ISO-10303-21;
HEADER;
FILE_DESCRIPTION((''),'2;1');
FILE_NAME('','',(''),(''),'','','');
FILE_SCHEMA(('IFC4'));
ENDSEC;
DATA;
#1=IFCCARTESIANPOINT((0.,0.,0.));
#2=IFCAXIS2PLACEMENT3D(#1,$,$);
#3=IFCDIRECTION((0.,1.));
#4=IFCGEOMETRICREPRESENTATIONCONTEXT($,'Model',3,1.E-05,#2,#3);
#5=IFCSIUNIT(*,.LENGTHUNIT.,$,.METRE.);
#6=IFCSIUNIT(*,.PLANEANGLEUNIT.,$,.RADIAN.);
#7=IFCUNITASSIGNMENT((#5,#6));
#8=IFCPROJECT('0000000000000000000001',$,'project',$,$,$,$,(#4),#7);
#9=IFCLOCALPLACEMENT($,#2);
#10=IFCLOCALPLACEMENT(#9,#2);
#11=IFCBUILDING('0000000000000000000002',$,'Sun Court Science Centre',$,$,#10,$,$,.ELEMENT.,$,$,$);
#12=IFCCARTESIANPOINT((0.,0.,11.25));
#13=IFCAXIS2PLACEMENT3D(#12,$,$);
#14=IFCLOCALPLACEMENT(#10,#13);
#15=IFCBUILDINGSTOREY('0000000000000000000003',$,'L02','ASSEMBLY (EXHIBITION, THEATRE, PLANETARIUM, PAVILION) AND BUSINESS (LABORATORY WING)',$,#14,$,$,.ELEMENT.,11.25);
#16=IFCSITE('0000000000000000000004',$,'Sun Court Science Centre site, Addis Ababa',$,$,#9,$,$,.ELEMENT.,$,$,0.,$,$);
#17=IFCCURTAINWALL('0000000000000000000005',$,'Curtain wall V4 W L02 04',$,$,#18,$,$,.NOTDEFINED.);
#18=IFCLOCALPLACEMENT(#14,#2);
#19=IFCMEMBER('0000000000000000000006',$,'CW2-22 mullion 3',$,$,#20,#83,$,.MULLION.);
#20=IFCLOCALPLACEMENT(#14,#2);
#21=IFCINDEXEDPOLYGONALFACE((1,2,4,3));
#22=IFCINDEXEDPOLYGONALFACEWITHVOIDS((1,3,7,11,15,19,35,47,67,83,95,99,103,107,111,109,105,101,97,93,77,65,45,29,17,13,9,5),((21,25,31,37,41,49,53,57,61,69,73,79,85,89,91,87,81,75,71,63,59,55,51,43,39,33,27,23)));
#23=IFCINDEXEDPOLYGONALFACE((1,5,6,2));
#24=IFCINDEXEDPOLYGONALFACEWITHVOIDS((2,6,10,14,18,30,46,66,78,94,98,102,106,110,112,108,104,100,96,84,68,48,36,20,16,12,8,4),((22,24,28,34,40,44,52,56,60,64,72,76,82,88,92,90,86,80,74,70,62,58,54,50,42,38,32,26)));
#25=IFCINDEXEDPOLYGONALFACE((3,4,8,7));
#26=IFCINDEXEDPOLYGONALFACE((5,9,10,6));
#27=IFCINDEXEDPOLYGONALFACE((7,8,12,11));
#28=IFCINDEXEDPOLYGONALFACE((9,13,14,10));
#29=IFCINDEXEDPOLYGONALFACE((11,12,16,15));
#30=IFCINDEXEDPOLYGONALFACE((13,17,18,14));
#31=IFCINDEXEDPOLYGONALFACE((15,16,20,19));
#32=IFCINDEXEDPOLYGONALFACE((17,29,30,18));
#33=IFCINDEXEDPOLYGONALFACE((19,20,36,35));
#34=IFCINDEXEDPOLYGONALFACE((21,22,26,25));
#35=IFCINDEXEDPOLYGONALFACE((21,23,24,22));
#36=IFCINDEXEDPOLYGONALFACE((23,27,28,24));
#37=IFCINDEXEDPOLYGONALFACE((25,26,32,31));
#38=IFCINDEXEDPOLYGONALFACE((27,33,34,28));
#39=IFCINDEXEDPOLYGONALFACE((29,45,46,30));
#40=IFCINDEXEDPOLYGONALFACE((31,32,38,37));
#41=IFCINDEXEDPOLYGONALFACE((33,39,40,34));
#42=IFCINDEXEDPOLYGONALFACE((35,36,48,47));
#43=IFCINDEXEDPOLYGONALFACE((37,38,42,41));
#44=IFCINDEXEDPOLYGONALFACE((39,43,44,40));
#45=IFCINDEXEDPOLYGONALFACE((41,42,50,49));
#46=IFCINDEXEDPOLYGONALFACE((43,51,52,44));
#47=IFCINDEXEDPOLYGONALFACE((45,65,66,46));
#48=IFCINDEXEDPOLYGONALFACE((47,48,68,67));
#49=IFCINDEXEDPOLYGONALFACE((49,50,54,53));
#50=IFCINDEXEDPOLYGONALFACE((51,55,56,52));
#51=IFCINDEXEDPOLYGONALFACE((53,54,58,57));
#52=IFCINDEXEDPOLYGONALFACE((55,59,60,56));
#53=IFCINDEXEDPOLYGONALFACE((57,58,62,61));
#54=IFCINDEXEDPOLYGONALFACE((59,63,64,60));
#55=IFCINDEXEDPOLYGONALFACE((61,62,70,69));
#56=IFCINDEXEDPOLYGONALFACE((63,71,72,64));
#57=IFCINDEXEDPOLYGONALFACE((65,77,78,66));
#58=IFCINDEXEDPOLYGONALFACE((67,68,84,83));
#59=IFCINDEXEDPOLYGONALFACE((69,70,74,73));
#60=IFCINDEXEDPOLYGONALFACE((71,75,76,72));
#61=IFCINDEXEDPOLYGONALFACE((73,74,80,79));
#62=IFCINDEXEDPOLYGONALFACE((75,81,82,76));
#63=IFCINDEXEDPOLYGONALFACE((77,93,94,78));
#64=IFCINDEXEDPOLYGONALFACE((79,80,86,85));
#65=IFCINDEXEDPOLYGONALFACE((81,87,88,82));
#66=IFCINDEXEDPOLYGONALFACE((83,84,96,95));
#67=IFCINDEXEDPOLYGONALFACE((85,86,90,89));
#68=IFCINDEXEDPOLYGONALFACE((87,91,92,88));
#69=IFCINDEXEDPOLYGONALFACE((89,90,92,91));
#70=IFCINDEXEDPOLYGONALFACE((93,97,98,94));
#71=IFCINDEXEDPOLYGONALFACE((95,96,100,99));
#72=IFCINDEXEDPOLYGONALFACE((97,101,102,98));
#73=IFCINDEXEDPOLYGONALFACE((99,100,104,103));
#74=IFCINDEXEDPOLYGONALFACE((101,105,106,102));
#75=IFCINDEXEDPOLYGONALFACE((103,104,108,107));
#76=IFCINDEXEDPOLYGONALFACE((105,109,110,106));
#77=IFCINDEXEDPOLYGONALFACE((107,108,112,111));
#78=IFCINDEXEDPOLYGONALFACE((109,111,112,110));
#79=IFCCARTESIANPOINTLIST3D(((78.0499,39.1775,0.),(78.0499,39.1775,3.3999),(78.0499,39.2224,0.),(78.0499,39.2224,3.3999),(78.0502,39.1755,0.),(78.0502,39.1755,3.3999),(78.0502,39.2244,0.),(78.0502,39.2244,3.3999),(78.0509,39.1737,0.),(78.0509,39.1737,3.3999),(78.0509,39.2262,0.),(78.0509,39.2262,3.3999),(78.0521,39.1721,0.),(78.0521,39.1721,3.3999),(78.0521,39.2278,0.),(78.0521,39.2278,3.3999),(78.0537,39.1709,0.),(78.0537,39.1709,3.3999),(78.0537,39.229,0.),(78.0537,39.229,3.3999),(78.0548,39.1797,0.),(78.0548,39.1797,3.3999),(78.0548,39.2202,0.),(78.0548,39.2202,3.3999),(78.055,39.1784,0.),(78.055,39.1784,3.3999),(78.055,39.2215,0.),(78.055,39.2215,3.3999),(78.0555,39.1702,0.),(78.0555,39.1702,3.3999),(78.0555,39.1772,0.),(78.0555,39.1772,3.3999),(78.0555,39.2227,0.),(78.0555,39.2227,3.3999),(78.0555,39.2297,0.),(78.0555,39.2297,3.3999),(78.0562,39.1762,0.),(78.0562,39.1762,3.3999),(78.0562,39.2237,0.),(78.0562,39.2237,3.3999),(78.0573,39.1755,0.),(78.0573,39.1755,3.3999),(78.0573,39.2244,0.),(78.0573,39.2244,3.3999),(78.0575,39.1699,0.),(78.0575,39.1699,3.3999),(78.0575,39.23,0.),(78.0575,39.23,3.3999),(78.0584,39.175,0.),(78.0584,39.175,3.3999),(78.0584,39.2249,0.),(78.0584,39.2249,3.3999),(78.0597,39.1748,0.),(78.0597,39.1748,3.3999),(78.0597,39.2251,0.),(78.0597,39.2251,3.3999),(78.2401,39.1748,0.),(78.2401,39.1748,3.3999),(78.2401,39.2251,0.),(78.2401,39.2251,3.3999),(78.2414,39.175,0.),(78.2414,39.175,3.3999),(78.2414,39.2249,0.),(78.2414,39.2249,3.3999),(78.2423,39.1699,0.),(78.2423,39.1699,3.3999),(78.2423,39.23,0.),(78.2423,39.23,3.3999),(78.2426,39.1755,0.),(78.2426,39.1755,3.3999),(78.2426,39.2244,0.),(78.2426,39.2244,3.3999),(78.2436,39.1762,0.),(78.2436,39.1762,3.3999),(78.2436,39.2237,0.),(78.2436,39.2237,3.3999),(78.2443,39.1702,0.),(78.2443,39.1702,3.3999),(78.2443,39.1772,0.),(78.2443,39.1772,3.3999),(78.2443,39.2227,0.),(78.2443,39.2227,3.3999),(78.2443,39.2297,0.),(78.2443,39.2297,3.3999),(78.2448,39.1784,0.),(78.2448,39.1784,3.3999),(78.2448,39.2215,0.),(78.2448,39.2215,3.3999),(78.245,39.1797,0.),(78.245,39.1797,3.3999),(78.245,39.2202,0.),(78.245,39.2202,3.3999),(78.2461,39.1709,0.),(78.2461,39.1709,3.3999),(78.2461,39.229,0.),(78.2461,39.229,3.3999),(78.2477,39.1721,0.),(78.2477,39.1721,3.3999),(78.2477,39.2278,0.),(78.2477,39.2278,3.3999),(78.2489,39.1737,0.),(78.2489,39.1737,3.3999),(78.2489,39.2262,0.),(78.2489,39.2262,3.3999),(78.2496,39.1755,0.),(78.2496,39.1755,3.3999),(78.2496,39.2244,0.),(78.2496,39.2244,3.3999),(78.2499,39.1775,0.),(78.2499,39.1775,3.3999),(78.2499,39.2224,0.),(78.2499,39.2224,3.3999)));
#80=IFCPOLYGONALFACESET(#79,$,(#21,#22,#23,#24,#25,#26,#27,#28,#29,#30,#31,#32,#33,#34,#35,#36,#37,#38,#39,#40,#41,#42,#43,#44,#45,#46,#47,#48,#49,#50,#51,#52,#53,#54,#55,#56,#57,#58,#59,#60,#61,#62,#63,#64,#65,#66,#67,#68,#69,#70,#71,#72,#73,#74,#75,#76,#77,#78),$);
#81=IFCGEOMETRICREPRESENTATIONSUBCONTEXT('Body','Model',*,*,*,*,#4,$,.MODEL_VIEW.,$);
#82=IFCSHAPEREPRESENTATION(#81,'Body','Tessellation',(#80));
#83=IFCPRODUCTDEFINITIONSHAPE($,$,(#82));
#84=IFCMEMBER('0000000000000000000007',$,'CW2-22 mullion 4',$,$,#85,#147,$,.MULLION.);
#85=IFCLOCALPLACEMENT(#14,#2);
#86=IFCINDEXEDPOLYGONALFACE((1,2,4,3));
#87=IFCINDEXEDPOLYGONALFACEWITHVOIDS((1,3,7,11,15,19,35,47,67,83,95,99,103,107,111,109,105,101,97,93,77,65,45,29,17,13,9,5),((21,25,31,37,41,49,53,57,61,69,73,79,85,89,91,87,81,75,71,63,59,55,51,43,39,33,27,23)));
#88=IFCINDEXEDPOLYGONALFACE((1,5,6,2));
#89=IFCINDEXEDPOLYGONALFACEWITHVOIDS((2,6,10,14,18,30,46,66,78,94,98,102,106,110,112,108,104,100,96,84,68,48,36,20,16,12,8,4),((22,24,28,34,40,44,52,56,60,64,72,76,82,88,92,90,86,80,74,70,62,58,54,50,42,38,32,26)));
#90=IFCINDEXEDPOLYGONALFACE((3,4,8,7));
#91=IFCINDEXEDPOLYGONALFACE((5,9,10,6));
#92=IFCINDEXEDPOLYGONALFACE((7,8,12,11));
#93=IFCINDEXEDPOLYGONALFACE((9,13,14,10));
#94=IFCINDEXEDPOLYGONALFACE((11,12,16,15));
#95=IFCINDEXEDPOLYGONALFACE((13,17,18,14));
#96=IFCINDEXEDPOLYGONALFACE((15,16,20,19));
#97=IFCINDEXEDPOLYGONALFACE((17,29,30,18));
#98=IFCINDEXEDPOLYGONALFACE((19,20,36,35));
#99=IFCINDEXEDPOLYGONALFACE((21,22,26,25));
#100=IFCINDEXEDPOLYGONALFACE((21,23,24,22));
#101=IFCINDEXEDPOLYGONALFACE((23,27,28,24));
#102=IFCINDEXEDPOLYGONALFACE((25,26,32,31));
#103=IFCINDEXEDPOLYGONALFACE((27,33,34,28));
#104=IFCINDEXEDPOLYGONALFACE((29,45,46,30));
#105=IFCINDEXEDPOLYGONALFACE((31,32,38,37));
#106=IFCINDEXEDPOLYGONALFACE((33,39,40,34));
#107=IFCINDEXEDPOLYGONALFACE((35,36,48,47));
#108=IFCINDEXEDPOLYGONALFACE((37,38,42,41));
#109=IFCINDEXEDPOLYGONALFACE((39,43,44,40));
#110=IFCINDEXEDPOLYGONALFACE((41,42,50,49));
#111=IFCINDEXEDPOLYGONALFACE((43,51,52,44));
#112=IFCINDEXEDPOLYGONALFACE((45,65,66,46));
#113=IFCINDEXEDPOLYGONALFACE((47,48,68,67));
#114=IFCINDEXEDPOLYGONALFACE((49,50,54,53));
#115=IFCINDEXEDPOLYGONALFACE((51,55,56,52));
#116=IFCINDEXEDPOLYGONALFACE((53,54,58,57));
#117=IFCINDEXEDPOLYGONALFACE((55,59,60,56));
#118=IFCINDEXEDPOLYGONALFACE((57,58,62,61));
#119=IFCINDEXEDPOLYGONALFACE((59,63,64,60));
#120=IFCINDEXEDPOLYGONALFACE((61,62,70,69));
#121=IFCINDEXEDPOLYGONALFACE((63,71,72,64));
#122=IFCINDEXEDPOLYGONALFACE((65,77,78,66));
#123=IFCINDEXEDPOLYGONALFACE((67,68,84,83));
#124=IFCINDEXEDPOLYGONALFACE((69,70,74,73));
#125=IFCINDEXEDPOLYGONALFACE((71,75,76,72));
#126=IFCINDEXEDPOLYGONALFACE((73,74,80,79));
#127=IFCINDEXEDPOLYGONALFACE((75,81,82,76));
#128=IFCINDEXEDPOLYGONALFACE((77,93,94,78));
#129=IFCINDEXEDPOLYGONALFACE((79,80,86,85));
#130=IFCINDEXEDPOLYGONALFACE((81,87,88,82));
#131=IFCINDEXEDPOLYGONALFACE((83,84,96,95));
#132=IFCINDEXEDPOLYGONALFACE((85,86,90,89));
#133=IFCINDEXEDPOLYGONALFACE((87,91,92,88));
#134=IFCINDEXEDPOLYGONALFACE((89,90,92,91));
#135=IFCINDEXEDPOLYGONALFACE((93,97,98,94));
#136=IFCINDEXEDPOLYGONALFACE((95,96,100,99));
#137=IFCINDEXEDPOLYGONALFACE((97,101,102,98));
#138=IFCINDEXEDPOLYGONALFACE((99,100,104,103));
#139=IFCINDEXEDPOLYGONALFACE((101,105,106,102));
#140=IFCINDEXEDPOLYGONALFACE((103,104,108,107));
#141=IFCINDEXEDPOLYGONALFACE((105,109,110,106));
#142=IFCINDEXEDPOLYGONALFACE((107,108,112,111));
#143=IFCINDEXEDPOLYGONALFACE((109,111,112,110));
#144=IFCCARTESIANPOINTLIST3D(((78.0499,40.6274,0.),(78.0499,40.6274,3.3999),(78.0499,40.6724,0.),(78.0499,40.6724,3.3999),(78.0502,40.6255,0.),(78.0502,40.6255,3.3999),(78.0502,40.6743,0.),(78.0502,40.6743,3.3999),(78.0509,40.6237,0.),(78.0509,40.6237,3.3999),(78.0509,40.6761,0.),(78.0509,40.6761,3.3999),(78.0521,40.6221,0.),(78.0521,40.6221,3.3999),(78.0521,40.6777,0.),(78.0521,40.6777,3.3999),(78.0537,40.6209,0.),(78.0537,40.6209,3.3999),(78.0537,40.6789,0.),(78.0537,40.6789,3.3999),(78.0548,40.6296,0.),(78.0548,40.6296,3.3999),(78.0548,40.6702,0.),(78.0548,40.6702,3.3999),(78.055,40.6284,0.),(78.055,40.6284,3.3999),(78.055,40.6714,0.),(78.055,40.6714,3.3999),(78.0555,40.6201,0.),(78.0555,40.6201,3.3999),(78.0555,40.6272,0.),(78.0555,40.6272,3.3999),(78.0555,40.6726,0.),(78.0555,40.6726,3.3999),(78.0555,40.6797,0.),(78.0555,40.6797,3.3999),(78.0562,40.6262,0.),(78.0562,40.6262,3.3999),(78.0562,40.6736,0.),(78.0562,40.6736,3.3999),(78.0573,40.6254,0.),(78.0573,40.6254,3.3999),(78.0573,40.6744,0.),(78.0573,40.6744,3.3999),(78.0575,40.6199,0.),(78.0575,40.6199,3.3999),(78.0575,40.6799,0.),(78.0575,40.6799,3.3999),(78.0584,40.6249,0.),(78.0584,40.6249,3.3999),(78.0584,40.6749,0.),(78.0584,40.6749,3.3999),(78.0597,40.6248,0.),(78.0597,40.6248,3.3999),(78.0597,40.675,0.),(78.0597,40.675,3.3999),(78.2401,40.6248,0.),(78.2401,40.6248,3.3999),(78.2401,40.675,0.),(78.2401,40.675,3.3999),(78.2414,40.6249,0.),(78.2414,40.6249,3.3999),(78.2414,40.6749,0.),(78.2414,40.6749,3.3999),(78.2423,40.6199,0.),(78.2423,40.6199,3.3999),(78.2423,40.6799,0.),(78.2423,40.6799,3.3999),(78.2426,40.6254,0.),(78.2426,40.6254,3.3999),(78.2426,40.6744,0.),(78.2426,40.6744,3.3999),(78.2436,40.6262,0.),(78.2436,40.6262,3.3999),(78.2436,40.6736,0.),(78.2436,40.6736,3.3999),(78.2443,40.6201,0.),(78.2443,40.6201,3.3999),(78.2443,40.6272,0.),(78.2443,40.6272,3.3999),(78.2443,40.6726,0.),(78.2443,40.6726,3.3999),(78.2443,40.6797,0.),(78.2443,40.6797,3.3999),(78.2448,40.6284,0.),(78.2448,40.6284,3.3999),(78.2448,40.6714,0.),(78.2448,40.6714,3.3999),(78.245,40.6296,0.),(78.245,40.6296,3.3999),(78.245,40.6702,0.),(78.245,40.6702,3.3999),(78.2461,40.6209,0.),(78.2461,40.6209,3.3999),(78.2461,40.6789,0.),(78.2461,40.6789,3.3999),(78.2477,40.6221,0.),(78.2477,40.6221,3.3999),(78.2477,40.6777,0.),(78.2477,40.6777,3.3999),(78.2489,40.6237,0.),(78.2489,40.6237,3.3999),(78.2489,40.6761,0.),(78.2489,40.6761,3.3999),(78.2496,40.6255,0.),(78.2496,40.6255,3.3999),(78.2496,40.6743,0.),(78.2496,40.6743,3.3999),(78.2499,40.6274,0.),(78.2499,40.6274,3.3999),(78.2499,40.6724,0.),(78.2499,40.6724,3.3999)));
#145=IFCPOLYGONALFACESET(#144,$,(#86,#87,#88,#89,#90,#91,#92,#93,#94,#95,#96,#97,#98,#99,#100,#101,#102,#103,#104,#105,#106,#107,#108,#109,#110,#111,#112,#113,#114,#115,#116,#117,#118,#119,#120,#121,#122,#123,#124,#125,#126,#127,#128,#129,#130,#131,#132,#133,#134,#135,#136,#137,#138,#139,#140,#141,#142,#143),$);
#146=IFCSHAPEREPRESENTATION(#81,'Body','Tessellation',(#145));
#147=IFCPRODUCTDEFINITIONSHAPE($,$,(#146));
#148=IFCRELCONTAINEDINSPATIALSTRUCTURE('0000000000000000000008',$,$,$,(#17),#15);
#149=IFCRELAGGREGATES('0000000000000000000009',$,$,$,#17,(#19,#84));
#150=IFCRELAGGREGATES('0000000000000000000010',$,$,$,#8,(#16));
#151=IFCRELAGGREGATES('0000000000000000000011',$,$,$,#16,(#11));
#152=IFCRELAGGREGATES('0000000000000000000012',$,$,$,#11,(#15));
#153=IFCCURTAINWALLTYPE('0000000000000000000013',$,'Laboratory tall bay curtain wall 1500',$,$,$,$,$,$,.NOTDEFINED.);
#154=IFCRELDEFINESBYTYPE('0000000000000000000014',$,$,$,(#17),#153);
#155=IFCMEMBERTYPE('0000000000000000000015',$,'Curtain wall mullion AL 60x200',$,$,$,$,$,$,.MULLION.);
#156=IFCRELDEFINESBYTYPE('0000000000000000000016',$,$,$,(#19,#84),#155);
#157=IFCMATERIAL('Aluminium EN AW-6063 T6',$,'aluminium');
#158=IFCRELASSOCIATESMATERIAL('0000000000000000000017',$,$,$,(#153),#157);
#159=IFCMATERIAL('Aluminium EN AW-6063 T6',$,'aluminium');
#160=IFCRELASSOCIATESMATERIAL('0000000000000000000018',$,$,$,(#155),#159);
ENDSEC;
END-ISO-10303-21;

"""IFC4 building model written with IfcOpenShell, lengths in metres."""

from ifc_helpers import new_model, si_unit, direction, frame, origin, origin_2d, place, context, subcontext, project, spatial, hollow_rectangle, extrude, material, material_profile, profile_set, type_object, element, aggregate, save


model = new_model("IFC4")

# Units and contexts
model_context = context("Model", 3, precision=1e-05, world=origin(), true_north=direction((0.0, 1.0)))
body_context = subcontext(model_context, "Body", "Model", "MODEL_VIEW")
ifc_project = project(units=[si_unit("LENGTHUNIT", "METRE"), si_unit("PLANEANGLEUNIT", "RADIAN")], contexts=[model_context])

# Site, building, storey
site_placement = place(None, origin())
site = spatial("IfcSite", under=ifc_project, at=site_placement, Name="Sun Court Science Centre site, Addis Ababa", CompositionType="ELEMENT", RefElevation=0.0)
building_placement = place(site_placement, origin())
building = spatial("IfcBuilding", under=site, at=building_placement, Name="Sun Court Science Centre", CompositionType="ELEMENT")
storey_placement = place(building_placement, frame((0.0, 0.0, 11.25)))
storey = spatial("IfcBuildingStorey", under=building, at=storey_placement, Name="L02", Description="ASSEMBLY (EXHIBITION, THEATRE, PLANETARIUM, PAVILION) AND BUSINESS (LABORATORY WING)", CompositionType="ELEMENT", Elevation=11.25)

# Curtain wall, members
ifc_material_1 = material(Name="Aluminium EN AW-6063 T6", Category="aluminium")
curtain_wall_type = type_object("IfcCurtainWallType", Name="Laboratory tall bay curtain wall 1500", PredefinedType="NOTDEFINED", material=ifc_material_1)
curtain_wall_placement = place(storey_placement, origin())
curtain_wall = element("IfcCurtainWall", 1, at=curtain_wall_placement, inside=storey, type_object=curtain_wall_type, Name="Curtain wall V4 W L02 04", PredefinedType="NOTDEFINED")
ifc_material_2 = material(Name="Aluminium EN AW-6063 T6", Category="aluminium")
ifc_material_profile_1 = material_profile(ifc_material_2, hollow_rectangle(XDim=0.0601, YDim=0.2, WallThickness=0.0049, InnerFilletRadius=0.0049, OuterFilletRadius=0.0076, at=origin_2d()), Name="AL 60x200x5")
ifc_profile_set_1 = profile_set([ifc_material_profile_1], Name="Aluminium EN AW-6063 T6")
member_type_1 = type_object("IfcMemberType", Name="Curtain wall mullion AL 60x200", PredefinedType="MULLION", material=ifc_profile_set_1)
member_1_placement = place(storey_placement, frame((78.1499, 39.2, 0.0), z_axis=(0.0, 0.0, 1.0), x_axis=(0.0, 1.0, 0.0)))
member_1 = element("IfcMember", 2, at=member_1_placement, type_object=member_type_1, Name="CW2-22 mullion 3", PredefinedType="MULLION", context=body_context, shape_type="SweptSolid", body=[
    extrude(hollow_rectangle(XDim=0.0601, YDim=0.2, WallThickness=0.0049, InnerFilletRadius=0.0049, OuterFilletRadius=0.0076, at=origin_2d()), origin(), (0.0, 0.0, 1.0), 3.3999),
])
member_2_placement = place(storey_placement, frame((78.1499, 40.6499, 0.0), z_axis=(0.0, 0.0, 1.0), x_axis=(0.0, 1.0, 0.0)))
member_2 = element("IfcMember", 3, at=member_2_placement, type_object=member_type_1, Name="CW2-22 mullion 4", PredefinedType="MULLION", context=body_context, shape_type="SweptSolid", body=[
    extrude(hollow_rectangle(XDim=0.0601, YDim=0.2, WallThickness=0.0049, InnerFilletRadius=0.0049, OuterFilletRadius=0.0076, at=origin_2d()), origin(), (0.0, 0.0, 1.0), 3.3999),
])
aggregate(curtain_wall, [member_1, member_2])

save(model, "model.ifc")
